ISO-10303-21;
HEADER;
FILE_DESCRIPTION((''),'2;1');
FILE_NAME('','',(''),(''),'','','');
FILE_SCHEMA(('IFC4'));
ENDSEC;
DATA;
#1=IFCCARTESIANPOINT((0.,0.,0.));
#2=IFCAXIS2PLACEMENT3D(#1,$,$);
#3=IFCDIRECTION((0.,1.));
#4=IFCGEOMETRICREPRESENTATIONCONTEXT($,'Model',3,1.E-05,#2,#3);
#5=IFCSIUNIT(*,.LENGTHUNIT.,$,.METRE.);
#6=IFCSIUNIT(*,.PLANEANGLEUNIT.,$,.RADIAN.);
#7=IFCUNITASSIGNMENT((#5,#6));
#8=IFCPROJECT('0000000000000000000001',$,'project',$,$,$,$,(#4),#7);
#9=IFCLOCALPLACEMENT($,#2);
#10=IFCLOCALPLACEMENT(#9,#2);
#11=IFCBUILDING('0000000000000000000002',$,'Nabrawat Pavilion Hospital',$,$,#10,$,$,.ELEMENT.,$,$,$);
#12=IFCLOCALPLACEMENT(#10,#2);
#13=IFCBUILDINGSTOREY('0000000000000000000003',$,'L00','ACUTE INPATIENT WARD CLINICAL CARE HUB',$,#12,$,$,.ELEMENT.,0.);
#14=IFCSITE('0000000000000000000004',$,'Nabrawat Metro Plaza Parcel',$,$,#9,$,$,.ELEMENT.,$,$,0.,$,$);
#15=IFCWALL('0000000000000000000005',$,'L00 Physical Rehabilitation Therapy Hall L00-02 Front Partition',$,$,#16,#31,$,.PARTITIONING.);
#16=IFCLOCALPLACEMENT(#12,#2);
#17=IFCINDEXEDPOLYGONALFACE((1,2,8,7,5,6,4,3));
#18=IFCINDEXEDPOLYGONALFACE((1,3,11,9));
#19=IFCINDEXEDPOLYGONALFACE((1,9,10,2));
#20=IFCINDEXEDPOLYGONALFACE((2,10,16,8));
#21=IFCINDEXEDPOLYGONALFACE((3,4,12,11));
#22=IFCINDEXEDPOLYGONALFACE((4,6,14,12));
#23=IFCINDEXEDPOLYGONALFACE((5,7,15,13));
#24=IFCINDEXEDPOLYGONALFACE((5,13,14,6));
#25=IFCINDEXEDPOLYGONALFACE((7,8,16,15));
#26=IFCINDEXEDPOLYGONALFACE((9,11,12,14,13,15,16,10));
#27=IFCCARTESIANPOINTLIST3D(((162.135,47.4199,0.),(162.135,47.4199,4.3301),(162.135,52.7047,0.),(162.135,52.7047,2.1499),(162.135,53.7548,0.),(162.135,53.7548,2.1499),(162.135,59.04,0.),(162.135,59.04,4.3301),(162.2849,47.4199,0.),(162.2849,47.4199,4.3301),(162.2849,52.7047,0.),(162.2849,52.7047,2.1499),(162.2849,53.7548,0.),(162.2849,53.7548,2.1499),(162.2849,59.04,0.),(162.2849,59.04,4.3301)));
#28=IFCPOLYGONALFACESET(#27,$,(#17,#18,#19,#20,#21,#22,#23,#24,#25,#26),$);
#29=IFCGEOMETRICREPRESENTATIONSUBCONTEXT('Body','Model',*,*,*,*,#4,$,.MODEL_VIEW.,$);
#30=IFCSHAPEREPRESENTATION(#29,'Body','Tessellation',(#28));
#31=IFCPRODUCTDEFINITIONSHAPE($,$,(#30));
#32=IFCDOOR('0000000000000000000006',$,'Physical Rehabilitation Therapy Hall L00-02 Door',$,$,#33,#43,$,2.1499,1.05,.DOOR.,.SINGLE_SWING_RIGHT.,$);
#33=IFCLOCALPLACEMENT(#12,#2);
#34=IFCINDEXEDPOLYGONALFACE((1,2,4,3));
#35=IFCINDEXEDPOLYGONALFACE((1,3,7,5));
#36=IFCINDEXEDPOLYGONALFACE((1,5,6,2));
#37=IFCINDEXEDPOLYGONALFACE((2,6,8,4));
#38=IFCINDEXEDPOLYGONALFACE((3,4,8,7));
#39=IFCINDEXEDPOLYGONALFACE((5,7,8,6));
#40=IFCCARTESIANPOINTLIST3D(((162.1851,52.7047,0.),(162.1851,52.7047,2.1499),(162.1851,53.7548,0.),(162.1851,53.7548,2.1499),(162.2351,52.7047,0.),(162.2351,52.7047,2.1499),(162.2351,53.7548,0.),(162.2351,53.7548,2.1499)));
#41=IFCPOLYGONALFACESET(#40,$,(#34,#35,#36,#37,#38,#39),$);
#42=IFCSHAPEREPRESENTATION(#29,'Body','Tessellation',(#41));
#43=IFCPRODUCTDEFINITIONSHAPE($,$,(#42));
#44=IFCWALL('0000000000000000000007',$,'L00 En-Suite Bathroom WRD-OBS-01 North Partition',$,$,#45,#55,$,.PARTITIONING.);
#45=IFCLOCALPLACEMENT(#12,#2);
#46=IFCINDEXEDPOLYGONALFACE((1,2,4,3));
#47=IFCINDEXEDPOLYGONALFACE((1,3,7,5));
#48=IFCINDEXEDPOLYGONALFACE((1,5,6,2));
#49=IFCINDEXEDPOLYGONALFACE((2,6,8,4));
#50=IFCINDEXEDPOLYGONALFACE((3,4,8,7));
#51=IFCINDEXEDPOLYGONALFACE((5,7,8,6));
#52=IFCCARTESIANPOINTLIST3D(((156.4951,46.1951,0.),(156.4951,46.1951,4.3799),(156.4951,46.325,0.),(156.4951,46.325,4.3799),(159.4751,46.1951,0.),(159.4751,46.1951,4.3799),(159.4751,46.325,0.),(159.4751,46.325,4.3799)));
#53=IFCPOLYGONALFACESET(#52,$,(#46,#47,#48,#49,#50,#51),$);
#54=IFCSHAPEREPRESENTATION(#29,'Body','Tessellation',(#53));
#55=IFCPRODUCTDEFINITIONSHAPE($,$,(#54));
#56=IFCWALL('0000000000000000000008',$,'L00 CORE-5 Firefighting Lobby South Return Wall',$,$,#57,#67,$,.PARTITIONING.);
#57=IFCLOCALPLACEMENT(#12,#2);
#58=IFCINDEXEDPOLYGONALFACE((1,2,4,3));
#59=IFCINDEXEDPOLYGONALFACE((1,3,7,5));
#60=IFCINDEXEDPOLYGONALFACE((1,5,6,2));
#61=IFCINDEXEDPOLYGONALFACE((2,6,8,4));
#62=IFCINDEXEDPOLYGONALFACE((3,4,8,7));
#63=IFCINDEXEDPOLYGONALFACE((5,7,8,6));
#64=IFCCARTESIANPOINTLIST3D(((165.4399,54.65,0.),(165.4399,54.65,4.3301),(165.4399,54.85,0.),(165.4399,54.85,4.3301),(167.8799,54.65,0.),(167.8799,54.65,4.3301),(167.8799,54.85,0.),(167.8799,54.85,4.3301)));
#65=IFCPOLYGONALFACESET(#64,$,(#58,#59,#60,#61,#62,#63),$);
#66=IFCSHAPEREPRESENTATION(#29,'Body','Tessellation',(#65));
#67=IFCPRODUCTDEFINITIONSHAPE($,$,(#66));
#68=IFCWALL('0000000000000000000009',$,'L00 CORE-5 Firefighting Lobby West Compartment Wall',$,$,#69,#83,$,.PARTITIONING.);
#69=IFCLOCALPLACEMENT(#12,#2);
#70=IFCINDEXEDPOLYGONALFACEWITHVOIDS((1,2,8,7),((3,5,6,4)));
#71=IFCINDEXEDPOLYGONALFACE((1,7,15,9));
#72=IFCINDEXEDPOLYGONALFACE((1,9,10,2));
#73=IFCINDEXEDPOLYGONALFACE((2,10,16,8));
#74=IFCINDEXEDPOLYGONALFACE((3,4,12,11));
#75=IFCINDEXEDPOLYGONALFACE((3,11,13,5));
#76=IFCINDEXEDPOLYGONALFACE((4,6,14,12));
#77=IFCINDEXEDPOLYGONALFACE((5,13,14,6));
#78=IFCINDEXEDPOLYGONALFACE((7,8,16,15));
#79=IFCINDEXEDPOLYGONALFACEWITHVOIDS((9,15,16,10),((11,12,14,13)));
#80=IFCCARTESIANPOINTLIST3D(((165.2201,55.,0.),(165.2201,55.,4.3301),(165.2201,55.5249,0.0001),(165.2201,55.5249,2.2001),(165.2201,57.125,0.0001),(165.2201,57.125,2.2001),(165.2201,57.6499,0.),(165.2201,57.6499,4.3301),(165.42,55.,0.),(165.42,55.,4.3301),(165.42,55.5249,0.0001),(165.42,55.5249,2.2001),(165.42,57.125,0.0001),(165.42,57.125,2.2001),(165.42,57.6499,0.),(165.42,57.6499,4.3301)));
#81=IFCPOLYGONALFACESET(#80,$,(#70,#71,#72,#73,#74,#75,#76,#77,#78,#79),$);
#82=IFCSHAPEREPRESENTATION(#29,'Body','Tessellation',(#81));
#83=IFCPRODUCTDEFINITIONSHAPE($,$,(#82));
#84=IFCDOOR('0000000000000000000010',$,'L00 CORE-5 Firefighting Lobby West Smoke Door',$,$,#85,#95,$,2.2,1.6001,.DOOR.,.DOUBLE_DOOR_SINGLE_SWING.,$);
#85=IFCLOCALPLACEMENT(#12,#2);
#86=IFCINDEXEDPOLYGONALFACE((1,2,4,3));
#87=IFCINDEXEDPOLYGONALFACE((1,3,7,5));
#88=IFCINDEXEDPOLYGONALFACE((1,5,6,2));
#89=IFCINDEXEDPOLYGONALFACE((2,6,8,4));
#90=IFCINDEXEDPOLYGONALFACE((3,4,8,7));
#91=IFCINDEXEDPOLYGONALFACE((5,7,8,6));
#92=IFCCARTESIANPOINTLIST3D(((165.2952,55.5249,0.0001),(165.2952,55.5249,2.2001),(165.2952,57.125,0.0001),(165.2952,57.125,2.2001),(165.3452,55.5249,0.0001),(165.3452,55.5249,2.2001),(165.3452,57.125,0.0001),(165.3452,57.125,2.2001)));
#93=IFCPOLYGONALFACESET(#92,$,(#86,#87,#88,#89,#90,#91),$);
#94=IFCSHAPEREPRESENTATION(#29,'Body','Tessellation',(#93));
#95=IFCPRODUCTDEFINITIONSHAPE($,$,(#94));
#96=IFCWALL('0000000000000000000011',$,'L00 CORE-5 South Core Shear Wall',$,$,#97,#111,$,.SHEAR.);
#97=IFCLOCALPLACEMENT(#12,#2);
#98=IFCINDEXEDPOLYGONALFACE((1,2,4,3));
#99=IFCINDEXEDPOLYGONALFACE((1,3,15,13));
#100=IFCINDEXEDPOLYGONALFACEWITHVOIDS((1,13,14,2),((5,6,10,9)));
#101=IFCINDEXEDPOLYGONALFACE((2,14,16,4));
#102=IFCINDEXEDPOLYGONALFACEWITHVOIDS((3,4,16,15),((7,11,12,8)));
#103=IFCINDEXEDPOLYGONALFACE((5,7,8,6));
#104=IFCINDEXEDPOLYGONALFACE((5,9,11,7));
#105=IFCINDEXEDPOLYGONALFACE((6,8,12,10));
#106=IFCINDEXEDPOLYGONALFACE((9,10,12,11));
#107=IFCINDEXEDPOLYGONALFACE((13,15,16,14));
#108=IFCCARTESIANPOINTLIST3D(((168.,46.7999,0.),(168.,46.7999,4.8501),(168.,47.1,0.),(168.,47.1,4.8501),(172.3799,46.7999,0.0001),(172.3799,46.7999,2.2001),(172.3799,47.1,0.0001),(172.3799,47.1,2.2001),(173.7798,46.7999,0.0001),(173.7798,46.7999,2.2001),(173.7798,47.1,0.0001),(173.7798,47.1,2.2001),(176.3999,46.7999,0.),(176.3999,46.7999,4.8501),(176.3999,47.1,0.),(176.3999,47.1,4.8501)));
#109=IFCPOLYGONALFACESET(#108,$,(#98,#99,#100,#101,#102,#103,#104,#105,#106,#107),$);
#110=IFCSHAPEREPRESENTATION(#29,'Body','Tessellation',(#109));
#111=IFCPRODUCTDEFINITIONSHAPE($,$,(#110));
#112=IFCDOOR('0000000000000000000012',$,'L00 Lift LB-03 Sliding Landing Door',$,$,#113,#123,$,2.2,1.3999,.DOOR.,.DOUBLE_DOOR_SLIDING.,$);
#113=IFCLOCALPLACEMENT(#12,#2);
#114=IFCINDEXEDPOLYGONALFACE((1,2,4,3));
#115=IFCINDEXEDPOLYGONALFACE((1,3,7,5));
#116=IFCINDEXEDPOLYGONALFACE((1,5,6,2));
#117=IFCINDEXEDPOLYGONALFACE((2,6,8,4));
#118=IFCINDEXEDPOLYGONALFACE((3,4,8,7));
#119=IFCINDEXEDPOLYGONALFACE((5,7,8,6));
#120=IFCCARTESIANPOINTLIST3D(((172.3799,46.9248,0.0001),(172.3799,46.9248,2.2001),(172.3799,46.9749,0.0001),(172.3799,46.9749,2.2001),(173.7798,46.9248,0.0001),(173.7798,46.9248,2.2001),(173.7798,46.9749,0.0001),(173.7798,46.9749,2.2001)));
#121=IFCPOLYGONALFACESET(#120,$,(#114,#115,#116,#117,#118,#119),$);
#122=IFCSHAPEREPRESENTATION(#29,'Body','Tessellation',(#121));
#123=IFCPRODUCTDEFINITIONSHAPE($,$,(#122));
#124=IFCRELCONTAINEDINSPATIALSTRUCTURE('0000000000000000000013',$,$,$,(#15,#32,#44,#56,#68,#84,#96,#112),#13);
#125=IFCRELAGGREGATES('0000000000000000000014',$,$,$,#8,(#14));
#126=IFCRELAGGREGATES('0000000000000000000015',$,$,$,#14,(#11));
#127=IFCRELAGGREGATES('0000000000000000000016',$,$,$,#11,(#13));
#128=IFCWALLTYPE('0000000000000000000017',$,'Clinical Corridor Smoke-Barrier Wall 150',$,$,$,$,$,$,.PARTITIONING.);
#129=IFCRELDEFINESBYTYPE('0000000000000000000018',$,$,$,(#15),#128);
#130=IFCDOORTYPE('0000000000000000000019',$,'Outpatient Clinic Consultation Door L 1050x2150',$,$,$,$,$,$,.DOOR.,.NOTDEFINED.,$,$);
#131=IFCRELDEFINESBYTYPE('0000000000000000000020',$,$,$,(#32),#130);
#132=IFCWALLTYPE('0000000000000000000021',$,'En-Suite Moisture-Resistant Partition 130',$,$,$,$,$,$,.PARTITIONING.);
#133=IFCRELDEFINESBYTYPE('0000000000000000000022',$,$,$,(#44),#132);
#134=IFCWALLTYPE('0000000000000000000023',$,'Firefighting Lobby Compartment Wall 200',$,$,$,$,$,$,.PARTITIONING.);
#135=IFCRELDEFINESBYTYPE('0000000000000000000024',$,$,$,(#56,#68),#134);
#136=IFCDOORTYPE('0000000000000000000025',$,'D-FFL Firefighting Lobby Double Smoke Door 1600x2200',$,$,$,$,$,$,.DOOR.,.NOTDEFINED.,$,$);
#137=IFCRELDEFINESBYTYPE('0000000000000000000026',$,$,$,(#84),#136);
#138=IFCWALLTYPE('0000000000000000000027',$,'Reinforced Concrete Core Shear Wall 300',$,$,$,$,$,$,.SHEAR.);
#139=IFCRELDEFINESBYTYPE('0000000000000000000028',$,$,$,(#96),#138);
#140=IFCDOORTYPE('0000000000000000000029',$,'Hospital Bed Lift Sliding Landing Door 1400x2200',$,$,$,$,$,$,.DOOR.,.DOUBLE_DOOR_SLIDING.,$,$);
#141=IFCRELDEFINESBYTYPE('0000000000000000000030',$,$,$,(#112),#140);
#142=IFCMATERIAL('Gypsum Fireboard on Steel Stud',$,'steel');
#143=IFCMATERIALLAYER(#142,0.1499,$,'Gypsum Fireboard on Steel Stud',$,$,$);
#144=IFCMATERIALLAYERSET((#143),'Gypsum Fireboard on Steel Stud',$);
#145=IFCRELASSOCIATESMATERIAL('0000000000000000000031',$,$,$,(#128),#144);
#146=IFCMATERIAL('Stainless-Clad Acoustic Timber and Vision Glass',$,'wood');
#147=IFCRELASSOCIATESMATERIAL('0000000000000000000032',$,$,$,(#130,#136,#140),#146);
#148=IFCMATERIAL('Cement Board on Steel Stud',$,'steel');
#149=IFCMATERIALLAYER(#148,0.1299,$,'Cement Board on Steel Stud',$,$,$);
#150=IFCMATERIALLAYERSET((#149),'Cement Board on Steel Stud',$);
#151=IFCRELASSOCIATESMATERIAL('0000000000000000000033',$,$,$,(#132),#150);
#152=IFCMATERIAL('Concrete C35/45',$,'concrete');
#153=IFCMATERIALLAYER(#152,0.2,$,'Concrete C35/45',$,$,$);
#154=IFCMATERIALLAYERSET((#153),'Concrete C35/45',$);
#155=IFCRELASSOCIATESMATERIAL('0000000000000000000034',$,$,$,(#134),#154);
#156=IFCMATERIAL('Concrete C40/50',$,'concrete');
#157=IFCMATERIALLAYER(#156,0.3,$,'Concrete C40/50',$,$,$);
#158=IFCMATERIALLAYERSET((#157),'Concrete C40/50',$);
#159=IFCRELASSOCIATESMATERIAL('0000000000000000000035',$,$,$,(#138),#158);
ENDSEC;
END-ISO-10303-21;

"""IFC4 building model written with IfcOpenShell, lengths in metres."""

from ifc_helpers import new_model, si_unit, direction, frame, frame_2d, origin, place, context, subcontext, project, spatial, rectangle, extrude, material, layer, layer_set, type_object, element, fill, save


model = new_model("IFC4")

# Units and contexts
model_context = context("Model", 3, precision=1e-05, world=origin(), true_north=direction((0.0, 1.0)))
body_context = subcontext(model_context, "Body", "Model", "MODEL_VIEW")
ifc_project = project(units=[si_unit("LENGTHUNIT", "METRE"), si_unit("PLANEANGLEUNIT", "RADIAN")], contexts=[model_context])

# Site, building, storey
site_placement = place(None, origin())
site = spatial("IfcSite", under=ifc_project, at=site_placement, Name="Nabrawat Metro Plaza Parcel", CompositionType="ELEMENT", RefElevation=0.0)
building_placement = place(site_placement, origin())
building = spatial("IfcBuilding", under=site, at=building_placement, Name="Nabrawat Pavilion Hospital", CompositionType="ELEMENT")
storey_placement = place(building_placement, origin())
storey = spatial("IfcBuildingStorey", under=building, at=storey_placement, Name="L00", Description="ACUTE INPATIENT WARD CLINICAL CARE HUB", CompositionType="ELEMENT", Elevation=0.0)

# Shared definitions
ifc_material_1 = material(Name="Concrete C40/50", Category="concrete")

# Wall, opening, door
ifc_material_2 = material(Name="Gypsum Fireboard on Steel Stud", Category="steel")
ifc_layer_1 = layer(ifc_material_2, 0.1499, Name="Gypsum Fireboard on Steel Stud")
ifc_layer_set_1 = layer_set([ifc_layer_1], Name="Gypsum Fireboard on Steel Stud")
wall_type_1 = type_object("IfcWallType", Name="Clinical Corridor Smoke-Barrier Wall 150", PredefinedType="PARTITIONING", material=ifc_layer_set_1)
wall_1_placement = place(storey_placement, frame((162.21, 47.4199, 0.0), z_axis=(0.0, 0.0, 1.0), x_axis=(0.0, 1.0, 0.0)))
wall_1 = element("IfcWall", 1, at=wall_1_placement, inside=storey, type_object=wall_type_1, Name="L00 Physical Rehabilitation Therapy Hall L00-02 Front Partition", PredefinedType="PARTITIONING", context=body_context, shape_type="SweptSolid", body=[
    extrude(rectangle(XDim=11.6201, YDim=0.1499, at=frame_2d((5.8101, 0.0))), origin(), (0.0, 0.0, 1.0), 4.3301),
])
opening_1_placement = place(wall_1_placement, frame((5.2849, 0.0, 0.0)))
opening_1 = element("IfcOpeningElement", 2, at=opening_1_placement, cuts=wall_1, PredefinedType="OPENING", context=body_context, shape_type="SweptSolid", body=[
    extrude(rectangle(XDim=1.05, YDim=2.1499, at=frame_2d((0.5249, 1.075))), frame((0.0, 0.085, 0.0), z_axis=(0.0, -1.0, 0.0), x_axis=(1.0, 0.0, 0.0)), (0.0, 0.0, 1.0), 0.1699),
])
ifc_material_3 = material(Name="Stainless-Clad Acoustic Timber and Vision Glass", Category="wood")
door_type_1 = type_object("IfcDoorType", Name="Outpatient Clinic Consultation Door L 1050x2150", OperationType="NOTDEFINED", PredefinedType="DOOR", material=ifc_material_3)
door_1_placement = place(opening_1_placement, origin())
door_1 = element("IfcDoor", 3, at=door_1_placement, inside=storey, type_object=door_type_1, Name="Physical Rehabilitation Therapy Hall L00-02 Door", OperationType="SINGLE_SWING_RIGHT", OverallHeight=2.1499, OverallWidth=1.05, PredefinedType="DOOR", context=body_context, shape_type="SweptSolid", body=[
    extrude(rectangle(XDim=1.05, YDim=2.1499, at=frame_2d((0.5249, 1.075))), frame((0.0, 0.0249, 0.0), z_axis=(0.0, -1.0, 0.0), x_axis=(1.0, 0.0, 0.0)), (0.0, 0.0, 1.0), 0.05),
])
fill(opening_1, door_1)

# Walls
ifc_material_4 = material(Name="Cement Board on Steel Stud", Category="steel")
ifc_layer_2 = layer(ifc_material_4, 0.1299, Name="Cement Board on Steel Stud")
ifc_layer_set_2 = layer_set([ifc_layer_2], Name="Cement Board on Steel Stud")
wall_type_2 = type_object("IfcWallType", Name="En-Suite Moisture-Resistant Partition 130", PredefinedType="PARTITIONING", material=ifc_layer_set_2)
wall_2_placement = place(storey_placement, frame((156.4951, 46.26, 0.0), z_axis=(0.0, 0.0, 1.0), x_axis=(1.0, 0.0, 0.0)))
element("IfcWall", 4, at=wall_2_placement, inside=storey, type_object=wall_type_2, Name="L00 En-Suite Bathroom WRD-OBS-01 North Partition", PredefinedType="PARTITIONING", context=body_context, shape_type="SweptSolid", body=[
    extrude(rectangle(XDim=2.98, YDim=0.1299, at=frame_2d((1.49, 0.0))), origin(), (0.0, 0.0, 1.0), 4.3799),
])
ifc_material_5 = material(Name="Concrete C35/45", Category="concrete")
ifc_layer_3 = layer(ifc_material_5, 0.2, Name="Concrete C35/45")
ifc_layer_set_3 = layer_set([ifc_layer_3], Name="Concrete C35/45")
wall_type_3 = type_object("IfcWallType", Name="Firefighting Lobby Compartment Wall 200", PredefinedType="PARTITIONING", material=ifc_layer_set_3)
wall_3_placement = place(storey_placement, frame((165.4399, 54.75, 0.0), z_axis=(0.0, 0.0, 1.0), x_axis=(1.0, 0.0, 0.0)))
element("IfcWall", 5, at=wall_3_placement, inside=storey, type_object=wall_type_3, Name="L00 CORE-5 Firefighting Lobby South Return Wall", PredefinedType="PARTITIONING", context=body_context, shape_type="SweptSolid", body=[
    extrude(rectangle(XDim=2.4399, YDim=0.2, at=frame_2d((1.22, 0.0))), origin(), (0.0, 0.0, 1.0), 4.3301),
])

# Walls, openings, doors
wall_4_placement = place(storey_placement, frame((165.3201, 55.0, 0.0), z_axis=(0.0, 0.0, 1.0), x_axis=(0.0, 1.0, 0.0)))
wall_4 = element("IfcWall", 6, at=wall_4_placement, inside=storey, type_object=wall_type_3, Name="L00 CORE-5 Firefighting Lobby West Compartment Wall", PredefinedType="PARTITIONING", context=body_context, shape_type="SweptSolid", body=[
    extrude(rectangle(XDim=2.6499, YDim=0.2, at=frame_2d((1.325, 0.0))), origin(), (0.0, 0.0, 1.0), 4.3301),
])
opening_2_placement = place(wall_4_placement, frame((0.5249, 0.0, 0.0)))
opening_2 = element("IfcOpeningElement", 7, at=opening_2_placement, cuts=wall_4, PredefinedType="OPENING", context=body_context, shape_type="SweptSolid", body=[
    extrude(rectangle(XDim=1.6001, YDim=2.2, at=frame_2d((0.8, 1.1001))), frame((0.0, 0.1099, 0.0), z_axis=(0.0, -1.0, 0.0), x_axis=(1.0, 0.0, 0.0)), (0.0, 0.0, 1.0), 0.22),
])
door_type_2 = type_object("IfcDoorType", Name="D-FFL Firefighting Lobby Double Smoke Door 1600x2200", OperationType="NOTDEFINED", PredefinedType="DOOR", material=ifc_material_3)
door_2_placement = place(opening_2_placement, origin())
door_2 = element("IfcDoor", 8, at=door_2_placement, inside=storey, type_object=door_type_2, Name="L00 CORE-5 Firefighting Lobby West Smoke Door", OperationType="DOUBLE_DOOR_SINGLE_SWING", OverallHeight=2.2, OverallWidth=1.6001, PredefinedType="DOOR", context=body_context, shape_type="SweptSolid", body=[
    extrude(rectangle(XDim=1.6001, YDim=2.2, at=frame_2d((0.8, 1.1001))), frame((0.0, 0.0249, 0.0), z_axis=(0.0, -1.0, 0.0), x_axis=(1.0, 0.0, 0.0)), (0.0, 0.0, 1.0), 0.05),
])
fill(opening_2, door_2)
ifc_layer_4 = layer(ifc_material_1, 0.3, Name="Concrete C40/50")
ifc_layer_set_4 = layer_set([ifc_layer_4], Name="Concrete C40/50")
wall_type_4 = type_object("IfcWallType", Name="Reinforced Concrete Core Shear Wall 300", PredefinedType="SHEAR", material=ifc_layer_set_4)
wall_5_placement = place(storey_placement, frame((168.0, 46.95, 0.0), z_axis=(0.0, 0.0, 1.0), x_axis=(1.0, 0.0, 0.0)))
wall_5 = element("IfcWall", 9, at=wall_5_placement, inside=storey, type_object=wall_type_4, Name="L00 CORE-5 South Core Shear Wall", PredefinedType="SHEAR", context=body_context, shape_type="SweptSolid", body=[
    extrude(rectangle(XDim=8.3999, YDim=0.3, at=frame_2d((4.2, 0.0))), origin(), (0.0, 0.0, 1.0), 4.8501),
])
opening_3_placement = place(wall_5_placement, frame((4.3799, 0.0, 0.0)))
opening_3 = element("IfcOpeningElement", 10, at=opening_3_placement, cuts=wall_5, PredefinedType="OPENING", context=body_context, shape_type="SweptSolid", body=[
    extrude(rectangle(XDim=1.3999, YDim=2.2, at=frame_2d((0.7, 1.1001))), frame((0.0, 0.1602, 0.0), z_axis=(0.0, -1.0, 0.0), x_axis=(1.0, 0.0, 0.0)), (0.0, 0.0, 1.0), 0.3201),
])
door_type_3 = type_object("IfcDoorType", Name="Hospital Bed Lift Sliding Landing Door 1400x2200", OperationType="DOUBLE_DOOR_SLIDING", PredefinedType="DOOR", material=ifc_material_3)
door_3_placement = place(opening_3_placement, origin())
door_3 = element("IfcDoor", 11, at=door_3_placement, inside=storey, type_object=door_type_3, Name="L00 Lift LB-03 Sliding Landing Door", OperationType="DOUBLE_DOOR_SLIDING", OverallHeight=2.2, OverallWidth=1.3999, PredefinedType="DOOR", context=body_context, shape_type="SweptSolid", body=[
    extrude(rectangle(XDim=1.3999, YDim=2.2, at=frame_2d((0.7, 1.1001))), frame((0.0, 0.0249, 0.0), z_axis=(0.0, -1.0, 0.0), x_axis=(1.0, 0.0, 0.0)), (0.0, 0.0, 1.0), 0.05),
])
fill(opening_3, door_3)

save(model, "model.ifc")
